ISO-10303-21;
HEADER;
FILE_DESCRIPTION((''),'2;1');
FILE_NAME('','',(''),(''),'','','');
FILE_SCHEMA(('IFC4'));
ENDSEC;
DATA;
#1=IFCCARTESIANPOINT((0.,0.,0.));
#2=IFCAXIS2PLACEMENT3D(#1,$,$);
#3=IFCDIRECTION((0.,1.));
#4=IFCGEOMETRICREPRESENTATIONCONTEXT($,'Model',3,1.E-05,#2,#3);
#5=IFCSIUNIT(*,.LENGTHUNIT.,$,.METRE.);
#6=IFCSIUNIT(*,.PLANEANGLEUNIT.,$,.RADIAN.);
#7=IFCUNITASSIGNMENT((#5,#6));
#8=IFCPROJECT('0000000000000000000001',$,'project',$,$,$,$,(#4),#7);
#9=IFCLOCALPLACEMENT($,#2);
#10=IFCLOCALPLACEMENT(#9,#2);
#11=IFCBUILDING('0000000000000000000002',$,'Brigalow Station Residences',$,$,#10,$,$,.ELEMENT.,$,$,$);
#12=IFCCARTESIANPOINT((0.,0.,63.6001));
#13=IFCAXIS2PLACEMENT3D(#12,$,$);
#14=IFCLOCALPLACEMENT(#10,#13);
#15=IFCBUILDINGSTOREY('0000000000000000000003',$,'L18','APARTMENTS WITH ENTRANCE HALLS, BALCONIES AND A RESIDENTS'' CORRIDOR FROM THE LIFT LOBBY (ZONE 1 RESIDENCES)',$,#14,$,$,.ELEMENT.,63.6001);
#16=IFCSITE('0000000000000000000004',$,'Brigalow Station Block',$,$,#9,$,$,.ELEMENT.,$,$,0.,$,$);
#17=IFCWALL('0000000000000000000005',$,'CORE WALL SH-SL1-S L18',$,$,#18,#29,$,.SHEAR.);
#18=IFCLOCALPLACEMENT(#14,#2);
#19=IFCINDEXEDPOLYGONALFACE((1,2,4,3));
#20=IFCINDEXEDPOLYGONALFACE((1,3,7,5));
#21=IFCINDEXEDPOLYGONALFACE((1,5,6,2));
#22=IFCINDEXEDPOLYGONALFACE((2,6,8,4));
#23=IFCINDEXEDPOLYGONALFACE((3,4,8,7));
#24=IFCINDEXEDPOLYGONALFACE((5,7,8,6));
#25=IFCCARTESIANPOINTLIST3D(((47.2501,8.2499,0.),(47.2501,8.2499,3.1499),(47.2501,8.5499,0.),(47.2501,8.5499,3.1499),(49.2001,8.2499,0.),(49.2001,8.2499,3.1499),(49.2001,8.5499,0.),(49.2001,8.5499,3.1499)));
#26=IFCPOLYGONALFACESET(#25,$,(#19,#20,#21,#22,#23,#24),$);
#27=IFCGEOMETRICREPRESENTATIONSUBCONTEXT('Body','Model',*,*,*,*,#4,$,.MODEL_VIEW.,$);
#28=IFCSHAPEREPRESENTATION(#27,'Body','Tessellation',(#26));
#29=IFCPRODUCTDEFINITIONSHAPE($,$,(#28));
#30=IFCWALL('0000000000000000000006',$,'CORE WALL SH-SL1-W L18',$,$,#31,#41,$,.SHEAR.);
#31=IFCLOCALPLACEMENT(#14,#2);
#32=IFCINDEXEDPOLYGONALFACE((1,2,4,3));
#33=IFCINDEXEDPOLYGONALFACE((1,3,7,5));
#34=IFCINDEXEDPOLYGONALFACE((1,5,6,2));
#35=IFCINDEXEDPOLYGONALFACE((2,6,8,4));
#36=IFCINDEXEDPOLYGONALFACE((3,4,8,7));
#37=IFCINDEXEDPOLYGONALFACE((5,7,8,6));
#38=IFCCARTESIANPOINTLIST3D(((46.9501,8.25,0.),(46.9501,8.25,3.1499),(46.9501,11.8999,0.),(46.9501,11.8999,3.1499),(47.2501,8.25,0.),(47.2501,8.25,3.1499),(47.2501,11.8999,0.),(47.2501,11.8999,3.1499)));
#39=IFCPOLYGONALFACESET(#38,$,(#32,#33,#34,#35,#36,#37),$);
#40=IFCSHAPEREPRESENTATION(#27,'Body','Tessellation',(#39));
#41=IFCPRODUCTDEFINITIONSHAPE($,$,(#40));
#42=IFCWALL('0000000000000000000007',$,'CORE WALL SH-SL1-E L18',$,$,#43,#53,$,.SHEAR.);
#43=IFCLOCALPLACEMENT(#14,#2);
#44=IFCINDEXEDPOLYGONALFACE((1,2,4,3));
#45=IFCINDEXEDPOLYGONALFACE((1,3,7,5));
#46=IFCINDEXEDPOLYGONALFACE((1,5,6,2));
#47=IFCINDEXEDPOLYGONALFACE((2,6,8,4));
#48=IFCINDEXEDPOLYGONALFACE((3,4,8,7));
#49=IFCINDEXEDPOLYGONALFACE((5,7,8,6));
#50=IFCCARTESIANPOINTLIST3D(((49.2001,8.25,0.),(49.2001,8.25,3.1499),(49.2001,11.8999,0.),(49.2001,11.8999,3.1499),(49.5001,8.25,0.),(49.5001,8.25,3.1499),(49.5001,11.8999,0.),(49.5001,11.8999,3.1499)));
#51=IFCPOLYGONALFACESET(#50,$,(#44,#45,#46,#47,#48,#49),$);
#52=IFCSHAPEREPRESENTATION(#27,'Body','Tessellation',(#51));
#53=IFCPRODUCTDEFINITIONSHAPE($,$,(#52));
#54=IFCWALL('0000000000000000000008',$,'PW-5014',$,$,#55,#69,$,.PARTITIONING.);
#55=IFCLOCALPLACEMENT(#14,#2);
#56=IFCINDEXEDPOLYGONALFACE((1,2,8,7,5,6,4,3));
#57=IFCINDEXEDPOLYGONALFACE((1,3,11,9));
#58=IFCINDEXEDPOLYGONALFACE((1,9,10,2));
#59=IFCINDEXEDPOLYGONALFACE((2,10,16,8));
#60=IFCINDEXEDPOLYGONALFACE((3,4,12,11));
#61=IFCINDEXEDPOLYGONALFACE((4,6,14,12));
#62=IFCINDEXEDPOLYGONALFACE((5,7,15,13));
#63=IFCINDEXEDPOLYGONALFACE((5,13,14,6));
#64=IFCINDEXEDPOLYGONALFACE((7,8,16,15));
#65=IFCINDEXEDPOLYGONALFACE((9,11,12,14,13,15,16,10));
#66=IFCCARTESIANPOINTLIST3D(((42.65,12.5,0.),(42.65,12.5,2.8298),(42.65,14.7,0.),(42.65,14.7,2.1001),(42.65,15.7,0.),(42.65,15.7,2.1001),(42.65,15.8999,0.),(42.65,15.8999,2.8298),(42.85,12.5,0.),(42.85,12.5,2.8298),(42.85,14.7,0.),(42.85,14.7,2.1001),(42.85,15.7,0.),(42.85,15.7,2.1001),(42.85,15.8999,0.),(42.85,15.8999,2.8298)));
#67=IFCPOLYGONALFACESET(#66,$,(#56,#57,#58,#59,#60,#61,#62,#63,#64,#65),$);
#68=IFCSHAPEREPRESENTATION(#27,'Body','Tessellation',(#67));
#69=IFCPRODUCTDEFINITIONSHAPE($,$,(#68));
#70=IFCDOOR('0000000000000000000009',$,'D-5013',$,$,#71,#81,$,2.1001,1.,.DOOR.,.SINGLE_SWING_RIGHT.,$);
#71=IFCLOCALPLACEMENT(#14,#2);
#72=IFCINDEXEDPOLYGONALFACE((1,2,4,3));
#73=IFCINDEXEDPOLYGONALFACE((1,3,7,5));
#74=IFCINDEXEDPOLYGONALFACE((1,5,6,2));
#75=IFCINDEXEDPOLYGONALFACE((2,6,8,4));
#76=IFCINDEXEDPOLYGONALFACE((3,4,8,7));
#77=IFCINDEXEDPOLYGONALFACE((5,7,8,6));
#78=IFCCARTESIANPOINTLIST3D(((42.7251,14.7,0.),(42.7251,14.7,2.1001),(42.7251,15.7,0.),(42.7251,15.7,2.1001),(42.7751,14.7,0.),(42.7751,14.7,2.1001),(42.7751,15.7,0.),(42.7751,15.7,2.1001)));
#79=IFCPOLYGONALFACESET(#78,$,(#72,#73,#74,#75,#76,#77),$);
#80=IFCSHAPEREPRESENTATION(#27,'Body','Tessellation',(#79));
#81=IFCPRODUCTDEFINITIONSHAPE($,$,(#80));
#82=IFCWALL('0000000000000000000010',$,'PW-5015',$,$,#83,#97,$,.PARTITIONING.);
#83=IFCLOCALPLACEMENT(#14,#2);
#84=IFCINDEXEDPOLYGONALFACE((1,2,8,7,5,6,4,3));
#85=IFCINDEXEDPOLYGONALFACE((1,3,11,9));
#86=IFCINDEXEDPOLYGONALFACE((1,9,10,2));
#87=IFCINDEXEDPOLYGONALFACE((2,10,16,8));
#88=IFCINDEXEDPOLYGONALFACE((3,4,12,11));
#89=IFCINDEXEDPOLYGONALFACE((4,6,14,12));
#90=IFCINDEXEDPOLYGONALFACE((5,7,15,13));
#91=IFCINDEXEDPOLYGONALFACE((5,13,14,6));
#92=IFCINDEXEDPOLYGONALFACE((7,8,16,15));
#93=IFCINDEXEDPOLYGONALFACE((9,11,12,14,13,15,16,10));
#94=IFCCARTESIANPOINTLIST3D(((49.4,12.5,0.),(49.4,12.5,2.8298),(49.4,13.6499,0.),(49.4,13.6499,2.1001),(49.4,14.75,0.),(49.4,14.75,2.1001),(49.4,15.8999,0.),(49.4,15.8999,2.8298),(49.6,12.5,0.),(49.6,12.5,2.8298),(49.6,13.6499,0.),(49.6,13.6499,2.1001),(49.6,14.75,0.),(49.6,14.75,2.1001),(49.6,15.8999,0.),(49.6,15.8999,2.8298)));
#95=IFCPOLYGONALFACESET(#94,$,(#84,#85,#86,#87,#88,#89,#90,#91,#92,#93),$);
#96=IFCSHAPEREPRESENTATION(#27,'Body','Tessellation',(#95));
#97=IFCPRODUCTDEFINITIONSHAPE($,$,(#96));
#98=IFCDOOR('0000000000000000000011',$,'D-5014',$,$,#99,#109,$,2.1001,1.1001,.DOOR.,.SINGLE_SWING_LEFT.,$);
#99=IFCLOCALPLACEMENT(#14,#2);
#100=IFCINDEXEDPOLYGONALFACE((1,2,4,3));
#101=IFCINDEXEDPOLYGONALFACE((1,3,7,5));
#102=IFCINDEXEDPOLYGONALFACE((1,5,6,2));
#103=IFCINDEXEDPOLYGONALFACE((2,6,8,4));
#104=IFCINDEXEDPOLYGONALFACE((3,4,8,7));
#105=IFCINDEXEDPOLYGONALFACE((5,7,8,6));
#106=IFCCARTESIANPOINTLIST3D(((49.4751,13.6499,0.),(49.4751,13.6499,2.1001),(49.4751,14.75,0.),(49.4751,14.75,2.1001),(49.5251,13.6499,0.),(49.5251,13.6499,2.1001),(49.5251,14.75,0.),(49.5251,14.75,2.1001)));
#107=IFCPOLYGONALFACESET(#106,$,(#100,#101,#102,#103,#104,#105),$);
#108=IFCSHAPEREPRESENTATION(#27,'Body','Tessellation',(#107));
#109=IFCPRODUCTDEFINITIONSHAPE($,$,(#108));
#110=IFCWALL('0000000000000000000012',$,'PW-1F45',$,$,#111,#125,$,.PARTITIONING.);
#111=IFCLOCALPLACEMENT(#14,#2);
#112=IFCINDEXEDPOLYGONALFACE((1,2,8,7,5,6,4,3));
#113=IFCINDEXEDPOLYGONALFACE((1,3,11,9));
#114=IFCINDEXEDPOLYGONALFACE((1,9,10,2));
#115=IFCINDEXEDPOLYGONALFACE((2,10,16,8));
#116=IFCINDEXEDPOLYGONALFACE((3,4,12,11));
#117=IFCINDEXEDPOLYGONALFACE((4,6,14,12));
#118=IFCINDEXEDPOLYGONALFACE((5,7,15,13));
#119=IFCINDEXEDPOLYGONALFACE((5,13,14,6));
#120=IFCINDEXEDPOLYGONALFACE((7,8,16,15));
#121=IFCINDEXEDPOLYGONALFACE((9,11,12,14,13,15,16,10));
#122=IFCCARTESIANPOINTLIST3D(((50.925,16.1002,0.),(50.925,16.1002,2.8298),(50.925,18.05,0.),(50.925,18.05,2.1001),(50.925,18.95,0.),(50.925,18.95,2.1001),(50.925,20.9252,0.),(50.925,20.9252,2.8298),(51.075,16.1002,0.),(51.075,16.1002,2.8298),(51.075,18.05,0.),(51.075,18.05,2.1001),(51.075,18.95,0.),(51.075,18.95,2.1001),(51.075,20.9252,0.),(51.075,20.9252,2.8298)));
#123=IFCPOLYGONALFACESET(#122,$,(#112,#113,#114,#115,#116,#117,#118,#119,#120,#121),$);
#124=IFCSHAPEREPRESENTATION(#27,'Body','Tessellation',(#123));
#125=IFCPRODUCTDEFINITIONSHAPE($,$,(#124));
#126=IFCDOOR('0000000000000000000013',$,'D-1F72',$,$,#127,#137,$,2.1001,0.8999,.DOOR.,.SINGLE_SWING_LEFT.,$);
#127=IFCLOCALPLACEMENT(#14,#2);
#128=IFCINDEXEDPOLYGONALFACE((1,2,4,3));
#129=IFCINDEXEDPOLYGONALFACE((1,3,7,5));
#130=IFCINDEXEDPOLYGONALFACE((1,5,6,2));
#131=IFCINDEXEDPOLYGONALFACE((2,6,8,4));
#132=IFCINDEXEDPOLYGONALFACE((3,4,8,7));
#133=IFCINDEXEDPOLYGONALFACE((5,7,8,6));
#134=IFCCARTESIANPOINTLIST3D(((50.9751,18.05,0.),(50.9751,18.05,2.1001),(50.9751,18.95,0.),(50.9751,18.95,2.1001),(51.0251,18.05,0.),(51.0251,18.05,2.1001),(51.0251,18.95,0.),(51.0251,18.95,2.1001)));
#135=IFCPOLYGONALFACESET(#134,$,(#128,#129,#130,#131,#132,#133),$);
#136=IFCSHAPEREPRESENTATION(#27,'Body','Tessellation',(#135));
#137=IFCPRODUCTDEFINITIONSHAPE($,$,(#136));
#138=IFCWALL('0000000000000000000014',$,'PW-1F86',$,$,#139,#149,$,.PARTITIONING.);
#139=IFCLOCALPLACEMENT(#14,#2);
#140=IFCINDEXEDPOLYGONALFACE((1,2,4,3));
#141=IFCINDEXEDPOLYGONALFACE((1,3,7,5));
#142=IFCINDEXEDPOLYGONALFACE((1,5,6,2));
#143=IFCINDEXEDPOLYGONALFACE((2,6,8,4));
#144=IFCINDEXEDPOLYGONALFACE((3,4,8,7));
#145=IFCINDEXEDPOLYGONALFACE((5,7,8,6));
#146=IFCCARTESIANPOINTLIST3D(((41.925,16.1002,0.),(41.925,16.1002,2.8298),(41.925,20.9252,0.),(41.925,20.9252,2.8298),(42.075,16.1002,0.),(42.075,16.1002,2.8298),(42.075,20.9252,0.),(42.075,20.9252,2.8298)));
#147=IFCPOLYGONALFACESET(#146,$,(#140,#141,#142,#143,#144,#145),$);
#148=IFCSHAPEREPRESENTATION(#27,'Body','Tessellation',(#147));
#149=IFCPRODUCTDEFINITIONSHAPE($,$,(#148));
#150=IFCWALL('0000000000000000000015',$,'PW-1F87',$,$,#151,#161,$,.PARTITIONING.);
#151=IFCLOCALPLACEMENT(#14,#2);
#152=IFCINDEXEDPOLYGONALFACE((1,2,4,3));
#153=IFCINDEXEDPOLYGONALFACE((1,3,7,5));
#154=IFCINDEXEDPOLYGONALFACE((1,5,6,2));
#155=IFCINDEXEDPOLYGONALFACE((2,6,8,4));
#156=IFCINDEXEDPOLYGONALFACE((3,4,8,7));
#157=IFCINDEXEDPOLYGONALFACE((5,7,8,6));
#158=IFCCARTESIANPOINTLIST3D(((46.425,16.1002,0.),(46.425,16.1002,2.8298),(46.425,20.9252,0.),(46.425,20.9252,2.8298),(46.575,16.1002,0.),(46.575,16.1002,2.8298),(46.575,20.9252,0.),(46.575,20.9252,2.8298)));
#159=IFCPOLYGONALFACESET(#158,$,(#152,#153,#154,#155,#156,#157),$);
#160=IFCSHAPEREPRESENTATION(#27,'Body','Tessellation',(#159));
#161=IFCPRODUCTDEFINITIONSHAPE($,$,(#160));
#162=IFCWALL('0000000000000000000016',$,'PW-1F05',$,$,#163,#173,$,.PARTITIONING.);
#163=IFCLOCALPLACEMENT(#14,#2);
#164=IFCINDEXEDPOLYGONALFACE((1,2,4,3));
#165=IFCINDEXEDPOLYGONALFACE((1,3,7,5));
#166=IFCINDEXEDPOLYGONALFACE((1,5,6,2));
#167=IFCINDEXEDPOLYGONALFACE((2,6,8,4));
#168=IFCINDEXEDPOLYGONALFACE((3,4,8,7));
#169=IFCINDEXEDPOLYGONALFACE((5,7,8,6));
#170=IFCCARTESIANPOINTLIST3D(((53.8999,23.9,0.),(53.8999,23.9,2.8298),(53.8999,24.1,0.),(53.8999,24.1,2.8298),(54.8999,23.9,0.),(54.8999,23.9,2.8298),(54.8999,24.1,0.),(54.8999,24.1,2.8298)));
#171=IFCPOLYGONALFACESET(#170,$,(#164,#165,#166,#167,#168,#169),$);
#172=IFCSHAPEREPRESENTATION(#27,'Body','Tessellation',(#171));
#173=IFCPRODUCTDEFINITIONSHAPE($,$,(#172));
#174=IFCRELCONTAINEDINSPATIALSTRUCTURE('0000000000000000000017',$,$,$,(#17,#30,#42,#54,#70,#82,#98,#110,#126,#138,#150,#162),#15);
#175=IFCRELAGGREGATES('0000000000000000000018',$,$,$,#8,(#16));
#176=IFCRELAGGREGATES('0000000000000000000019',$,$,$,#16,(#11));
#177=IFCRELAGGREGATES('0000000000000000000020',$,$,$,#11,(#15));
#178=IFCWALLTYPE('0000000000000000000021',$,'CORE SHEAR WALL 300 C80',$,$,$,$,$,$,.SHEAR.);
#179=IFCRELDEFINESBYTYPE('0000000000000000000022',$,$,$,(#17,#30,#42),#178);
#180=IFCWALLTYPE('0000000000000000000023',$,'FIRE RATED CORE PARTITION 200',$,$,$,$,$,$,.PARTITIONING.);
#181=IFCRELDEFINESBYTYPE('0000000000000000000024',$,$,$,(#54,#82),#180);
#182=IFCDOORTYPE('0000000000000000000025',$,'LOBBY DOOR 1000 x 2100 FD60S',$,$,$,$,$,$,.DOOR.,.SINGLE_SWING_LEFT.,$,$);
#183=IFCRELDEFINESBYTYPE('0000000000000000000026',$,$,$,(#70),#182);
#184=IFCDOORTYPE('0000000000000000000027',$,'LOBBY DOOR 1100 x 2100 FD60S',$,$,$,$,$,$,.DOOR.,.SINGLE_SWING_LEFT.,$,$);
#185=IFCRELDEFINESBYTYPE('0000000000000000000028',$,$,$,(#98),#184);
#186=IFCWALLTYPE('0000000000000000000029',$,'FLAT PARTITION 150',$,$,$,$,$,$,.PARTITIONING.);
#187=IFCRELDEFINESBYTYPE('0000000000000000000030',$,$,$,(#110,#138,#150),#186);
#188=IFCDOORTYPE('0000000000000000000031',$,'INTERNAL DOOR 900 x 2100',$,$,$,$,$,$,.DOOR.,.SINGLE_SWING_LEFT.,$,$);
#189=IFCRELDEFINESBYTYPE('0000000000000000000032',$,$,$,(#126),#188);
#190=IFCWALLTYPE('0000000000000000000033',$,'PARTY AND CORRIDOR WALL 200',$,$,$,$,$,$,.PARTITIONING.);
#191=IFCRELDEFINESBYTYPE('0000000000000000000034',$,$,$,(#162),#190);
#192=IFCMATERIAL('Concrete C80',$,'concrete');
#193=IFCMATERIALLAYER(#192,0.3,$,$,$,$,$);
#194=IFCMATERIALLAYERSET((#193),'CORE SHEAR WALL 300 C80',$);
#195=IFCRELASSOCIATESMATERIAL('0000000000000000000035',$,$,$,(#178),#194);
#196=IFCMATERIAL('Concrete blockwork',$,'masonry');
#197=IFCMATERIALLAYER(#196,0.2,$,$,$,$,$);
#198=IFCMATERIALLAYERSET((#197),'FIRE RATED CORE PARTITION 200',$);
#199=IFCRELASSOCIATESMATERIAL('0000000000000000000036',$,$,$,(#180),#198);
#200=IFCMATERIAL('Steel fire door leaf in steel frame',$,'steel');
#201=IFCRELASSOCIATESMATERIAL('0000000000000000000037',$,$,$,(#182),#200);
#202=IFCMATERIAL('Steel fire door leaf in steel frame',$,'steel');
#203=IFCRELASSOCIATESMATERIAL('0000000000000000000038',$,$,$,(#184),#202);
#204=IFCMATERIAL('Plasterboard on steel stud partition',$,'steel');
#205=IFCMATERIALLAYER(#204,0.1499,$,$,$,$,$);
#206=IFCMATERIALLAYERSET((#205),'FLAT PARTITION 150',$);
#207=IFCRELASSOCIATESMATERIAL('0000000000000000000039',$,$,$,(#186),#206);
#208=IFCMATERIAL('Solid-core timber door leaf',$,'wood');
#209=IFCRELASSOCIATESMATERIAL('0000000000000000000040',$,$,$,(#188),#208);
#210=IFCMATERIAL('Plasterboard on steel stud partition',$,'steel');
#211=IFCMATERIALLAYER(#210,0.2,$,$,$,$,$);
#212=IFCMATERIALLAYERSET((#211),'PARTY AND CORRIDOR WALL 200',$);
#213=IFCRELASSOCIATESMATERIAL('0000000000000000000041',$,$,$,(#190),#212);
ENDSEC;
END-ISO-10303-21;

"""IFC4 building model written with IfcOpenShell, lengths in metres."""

from ifc_helpers import new_model, si_unit, direction, frame, frame_2d, origin, place, context, subcontext, project, spatial, rectangle, extrude, material, layer, layer_set, type_object, element, fill, save


model = new_model("IFC4")

# Units and contexts
model_context = context("Model", 3, precision=1e-05, world=origin(), true_north=direction((0.0, 1.0)))
body_context = subcontext(model_context, "Body", "Model", "MODEL_VIEW")
ifc_project = project(units=[si_unit("LENGTHUNIT", "METRE"), si_unit("PLANEANGLEUNIT", "RADIAN")], contexts=[model_context])

# Site, building, storey
site_placement = place(None, origin())
site = spatial("IfcSite", under=ifc_project, at=site_placement, Name="Brigalow Station Block", CompositionType="ELEMENT", RefElevation=0.0)
building_placement = place(site_placement, origin())
building = spatial("IfcBuilding", under=site, at=building_placement, Name="Brigalow Station Residences", CompositionType="ELEMENT")
storey_placement = place(building_placement, frame((0.0, 0.0, 63.6001)))
storey = spatial("IfcBuildingStorey", under=building, at=storey_placement, Name="L18", Description="APARTMENTS WITH ENTRANCE HALLS, BALCONIES AND A RESIDENTS' CORRIDOR FROM THE LIFT LOBBY (ZONE 1 RESIDENCES)", CompositionType="ELEMENT", Elevation=63.6001)

# Walls
ifc_material_1 = material(Name="Concrete C80", Category="concrete")
ifc_layer_1 = layer(ifc_material_1, 0.3)
ifc_layer_set_1 = layer_set([ifc_layer_1], Name="CORE SHEAR WALL 300 C80")
wall_type_1 = type_object("IfcWallType", Name="CORE SHEAR WALL 300 C80", PredefinedType="SHEAR", material=ifc_layer_set_1)
wall_1_placement = place(storey_placement, frame((47.25, 8.3999, 0.0), z_axis=(0.0, 0.0, 1.0), x_axis=(1.0, 0.0, 0.0)))
element("IfcWall", 1, at=wall_1_placement, inside=storey, type_object=wall_type_1, Name="CORE WALL SH-SL1-S L18", PredefinedType="SHEAR", context=body_context, shape_type="SweptSolid", body=[
    extrude(rectangle(XDim=1.95, YDim=0.3, at=frame_2d((0.9751, 0.0))), origin(), (0.0, 0.0, 1.0), 3.1499),
])
for number, where, z_axis, x_axis, name in (
    (2, (47.1001, 8.25, 0.0), (0.0, 0.0, 1.0), (0.0, 1.0, 0.0), "CORE WALL SH-SL1-W L18"),
    (3, (49.3501, 8.25, 0.0), (0.0, 0.0, 1.0), (0.0, 1.0, 0.0), "CORE WALL SH-SL1-E L18"),
):
    element("IfcWall", number, at=place(storey_placement, frame(where, z_axis=z_axis, x_axis=x_axis)), inside=storey, type_object=wall_type_1, Name=name, PredefinedType="SHEAR", context=body_context, shape_type="SweptSolid", body=[
        extrude(rectangle(XDim=3.6499, YDim=0.3, at=frame_2d((1.825, 0.0))), origin(), (0.0, 0.0, 1.0), 3.1499),
    ])

# Walls, openings, doors
ifc_material_2 = material(Name="Concrete blockwork", Category="masonry")
ifc_layer_2 = layer(ifc_material_2, 0.2)
ifc_layer_set_2 = layer_set([ifc_layer_2], Name="FIRE RATED CORE PARTITION 200")
wall_type_2 = type_object("IfcWallType", Name="FIRE RATED CORE PARTITION 200", PredefinedType="PARTITIONING", material=ifc_layer_set_2)
wall_2_placement = place(storey_placement, frame((42.75, 12.5, 0.0), z_axis=(0.0, 0.0, 1.0), x_axis=(0.0, 1.0, 0.0)))
wall_2 = element("IfcWall", 4, at=wall_2_placement, inside=storey, type_object=wall_type_2, Name="PW-5014", PredefinedType="PARTITIONING", context=body_context, shape_type="SweptSolid", body=[
    extrude(rectangle(XDim=3.3999, YDim=0.2, at=frame_2d((1.7, 0.0))), origin(), (0.0, 0.0, 1.0), 2.8298),
])
opening_1_placement = place(wall_2_placement, frame((2.2, 0.0, 0.0)))
opening_1 = element("IfcOpeningElement", 5, at=opening_1_placement, cuts=wall_2, PredefinedType="OPENING", context=body_context, shape_type="SweptSolid", body=[
    extrude(rectangle(XDim=1.0, YDim=2.1001, at=frame_2d((0.5, 1.05))), frame((0.0, 0.1099, 0.0), z_axis=(0.0, -1.0, 0.0), x_axis=(1.0, 0.0, 0.0)), (0.0, 0.0, 1.0), 0.22),
])
ifc_material_3 = material(Name="Steel fire door leaf in steel frame", Category="steel")
door_type_1 = type_object("IfcDoorType", Name="LOBBY DOOR 1000 x 2100 FD60S", OperationType="SINGLE_SWING_LEFT", PredefinedType="DOOR", material=ifc_material_3)
door_1_placement = place(opening_1_placement, origin())
door_1 = element("IfcDoor", 6, at=door_1_placement, inside=storey, type_object=door_type_1, Name="D-5013", OperationType="SINGLE_SWING_RIGHT", OverallHeight=2.1001, OverallWidth=1.0, PredefinedType="DOOR", context=body_context, shape_type="SweptSolid", body=[
    extrude(rectangle(XDim=1.0, YDim=2.1001, at=frame_2d((0.5, 1.05))), frame((0.0, 0.0249, 0.0), z_axis=(0.0, -1.0, 0.0), x_axis=(1.0, 0.0, 0.0)), (0.0, 0.0, 1.0), 0.05),
])
fill(opening_1, door_1)
wall_3_placement = place(storey_placement, frame((49.5, 12.5, 0.0), z_axis=(0.0, 0.0, 1.0), x_axis=(0.0, 1.0, 0.0)))
wall_3 = element("IfcWall", 7, at=wall_3_placement, inside=storey, type_object=wall_type_2, Name="PW-5015", PredefinedType="PARTITIONING", context=body_context, shape_type="SweptSolid", body=[
    extrude(rectangle(XDim=3.3999, YDim=0.2, at=frame_2d((1.7, 0.0))), origin(), (0.0, 0.0, 1.0), 2.8298),
])
opening_2_placement = place(wall_3_placement, frame((1.1499, 0.0, 0.0)))
opening_2 = element("IfcOpeningElement", 8, at=opening_2_placement, cuts=wall_3, PredefinedType="OPENING", context=body_context, shape_type="SweptSolid", body=[
    extrude(rectangle(XDim=1.1001, YDim=2.1001, at=frame_2d((0.55, 1.05))), frame((0.0, 0.1099, 0.0), z_axis=(0.0, -1.0, 0.0), x_axis=(1.0, 0.0, 0.0)), (0.0, 0.0, 1.0), 0.22),
])
ifc_material_4 = material(Name="Steel fire door leaf in steel frame", Category="steel")
door_type_2 = type_object("IfcDoorType", Name="LOBBY DOOR 1100 x 2100 FD60S", OperationType="SINGLE_SWING_LEFT", PredefinedType="DOOR", material=ifc_material_4)
door_2_placement = place(opening_2_placement, origin())
door_2 = element("IfcDoor", 9, at=door_2_placement, inside=storey, type_object=door_type_2, Name="D-5014", OperationType="SINGLE_SWING_LEFT", OverallHeight=2.1001, OverallWidth=1.1001, PredefinedType="DOOR", context=body_context, shape_type="SweptSolid", body=[
    extrude(rectangle(XDim=1.1001, YDim=2.1001, at=frame_2d((0.55, 1.05))), frame((0.0, 0.0249, 0.0), z_axis=(0.0, -1.0, 0.0), x_axis=(1.0, 0.0, 0.0)), (0.0, 0.0, 1.0), 0.05),
])
fill(opening_2, door_2)
ifc_material_5 = material(Name="Plasterboard on steel stud partition", Category="steel")
ifc_layer_3 = layer(ifc_material_5, 0.1499)
ifc_layer_set_3 = layer_set([ifc_layer_3], Name="FLAT PARTITION 150")
wall_type_3 = type_object("IfcWallType", Name="FLAT PARTITION 150", PredefinedType="PARTITIONING", material=ifc_layer_set_3)
wall_4_placement = place(storey_placement, frame((51.0, 16.1001, 0.0), z_axis=(0.0, 0.0, 1.0), x_axis=(0.0, 1.0, 0.0)))
wall_4 = element("IfcWall", 10, at=wall_4_placement, inside=storey, type_object=wall_type_3, Name="PW-1F45", PredefinedType="PARTITIONING", context=body_context, shape_type="SweptSolid", body=[
    extrude(rectangle(XDim=4.825, YDim=0.1499, at=frame_2d((2.4126, 0.0))), origin(), (0.0, 0.0, 1.0), 2.8298),
])
opening_3_placement = place(wall_4_placement, frame((1.95, 0.0, 0.0)))
opening_3 = element("IfcOpeningElement", 11, at=opening_3_placement, cuts=wall_4, PredefinedType="OPENING", context=body_context, shape_type="SweptSolid", body=[
    extrude(rectangle(XDim=0.8999, YDim=2.1001, at=frame_2d((0.45, 1.05))), frame((0.0, 0.085, 0.0), z_axis=(0.0, -1.0, 0.0), x_axis=(1.0, 0.0, 0.0)), (0.0, 0.0, 1.0), 0.1699),
])
ifc_material_6 = material(Name="Solid-core timber door leaf", Category="wood")
door_type_3 = type_object("IfcDoorType", Name="INTERNAL DOOR 900 x 2100", OperationType="SINGLE_SWING_LEFT", PredefinedType="DOOR", material=ifc_material_6)
door_3_placement = place(opening_3_placement, origin())
door_3 = element("IfcDoor", 12, at=door_3_placement, inside=storey, type_object=door_type_3, Name="D-1F72", OperationType="SINGLE_SWING_LEFT", OverallHeight=2.1001, OverallWidth=0.8999, PredefinedType="DOOR", context=body_context, shape_type="SweptSolid", body=[
    extrude(rectangle(XDim=0.8999, YDim=2.1001, at=frame_2d((0.45, 1.05))), frame((0.0, 0.0249, 0.0), z_axis=(0.0, -1.0, 0.0), x_axis=(1.0, 0.0, 0.0)), (0.0, 0.0, 1.0), 0.05),
])
fill(opening_3, door_3)

# Walls
for number, where, z_axis, x_axis, name in (
    (13, (42.0, 16.1001, 0.0), (0.0, 0.0, 1.0), (0.0, 1.0, 0.0), "PW-1F86"),
    (14, (46.5, 16.1001, 0.0), (0.0, 0.0, 1.0), (0.0, 1.0, 0.0), "PW-1F87"),
):
    element("IfcWall", number, at=place(storey_placement, frame(where, z_axis=z_axis, x_axis=x_axis)), inside=storey, type_object=wall_type_3, Name=name, PredefinedType="PARTITIONING", context=body_context, shape_type="SweptSolid", body=[
        extrude(rectangle(XDim=4.825, YDim=0.1499, at=frame_2d((2.4126, 0.0))), origin(), (0.0, 0.0, 1.0), 2.8298),
    ])
ifc_material_7 = material(Name="Plasterboard on steel stud partition", Category="steel")
ifc_layer_4 = layer(ifc_material_7, 0.2)
ifc_layer_set_4 = layer_set([ifc_layer_4], Name="PARTY AND CORRIDOR WALL 200")
wall_type_4 = type_object("IfcWallType", Name="PARTY AND CORRIDOR WALL 200", PredefinedType="PARTITIONING", material=ifc_layer_set_4)
wall_5_placement = place(storey_placement, frame((53.8999, 24.0, 0.0), z_axis=(0.0, 0.0, 1.0), x_axis=(1.0, 0.0, 0.0)))
element("IfcWall", 15, at=wall_5_placement, inside=storey, type_object=wall_type_4, Name="PW-1F05", PredefinedType="PARTITIONING", context=body_context, shape_type="SweptSolid", body=[
    extrude(rectangle(XDim=1.0, YDim=0.2, at=frame_2d((0.5, 0.0))), origin(), (0.0, 0.0, 1.0), 2.8298),
])

save(model, "model.ifc")
